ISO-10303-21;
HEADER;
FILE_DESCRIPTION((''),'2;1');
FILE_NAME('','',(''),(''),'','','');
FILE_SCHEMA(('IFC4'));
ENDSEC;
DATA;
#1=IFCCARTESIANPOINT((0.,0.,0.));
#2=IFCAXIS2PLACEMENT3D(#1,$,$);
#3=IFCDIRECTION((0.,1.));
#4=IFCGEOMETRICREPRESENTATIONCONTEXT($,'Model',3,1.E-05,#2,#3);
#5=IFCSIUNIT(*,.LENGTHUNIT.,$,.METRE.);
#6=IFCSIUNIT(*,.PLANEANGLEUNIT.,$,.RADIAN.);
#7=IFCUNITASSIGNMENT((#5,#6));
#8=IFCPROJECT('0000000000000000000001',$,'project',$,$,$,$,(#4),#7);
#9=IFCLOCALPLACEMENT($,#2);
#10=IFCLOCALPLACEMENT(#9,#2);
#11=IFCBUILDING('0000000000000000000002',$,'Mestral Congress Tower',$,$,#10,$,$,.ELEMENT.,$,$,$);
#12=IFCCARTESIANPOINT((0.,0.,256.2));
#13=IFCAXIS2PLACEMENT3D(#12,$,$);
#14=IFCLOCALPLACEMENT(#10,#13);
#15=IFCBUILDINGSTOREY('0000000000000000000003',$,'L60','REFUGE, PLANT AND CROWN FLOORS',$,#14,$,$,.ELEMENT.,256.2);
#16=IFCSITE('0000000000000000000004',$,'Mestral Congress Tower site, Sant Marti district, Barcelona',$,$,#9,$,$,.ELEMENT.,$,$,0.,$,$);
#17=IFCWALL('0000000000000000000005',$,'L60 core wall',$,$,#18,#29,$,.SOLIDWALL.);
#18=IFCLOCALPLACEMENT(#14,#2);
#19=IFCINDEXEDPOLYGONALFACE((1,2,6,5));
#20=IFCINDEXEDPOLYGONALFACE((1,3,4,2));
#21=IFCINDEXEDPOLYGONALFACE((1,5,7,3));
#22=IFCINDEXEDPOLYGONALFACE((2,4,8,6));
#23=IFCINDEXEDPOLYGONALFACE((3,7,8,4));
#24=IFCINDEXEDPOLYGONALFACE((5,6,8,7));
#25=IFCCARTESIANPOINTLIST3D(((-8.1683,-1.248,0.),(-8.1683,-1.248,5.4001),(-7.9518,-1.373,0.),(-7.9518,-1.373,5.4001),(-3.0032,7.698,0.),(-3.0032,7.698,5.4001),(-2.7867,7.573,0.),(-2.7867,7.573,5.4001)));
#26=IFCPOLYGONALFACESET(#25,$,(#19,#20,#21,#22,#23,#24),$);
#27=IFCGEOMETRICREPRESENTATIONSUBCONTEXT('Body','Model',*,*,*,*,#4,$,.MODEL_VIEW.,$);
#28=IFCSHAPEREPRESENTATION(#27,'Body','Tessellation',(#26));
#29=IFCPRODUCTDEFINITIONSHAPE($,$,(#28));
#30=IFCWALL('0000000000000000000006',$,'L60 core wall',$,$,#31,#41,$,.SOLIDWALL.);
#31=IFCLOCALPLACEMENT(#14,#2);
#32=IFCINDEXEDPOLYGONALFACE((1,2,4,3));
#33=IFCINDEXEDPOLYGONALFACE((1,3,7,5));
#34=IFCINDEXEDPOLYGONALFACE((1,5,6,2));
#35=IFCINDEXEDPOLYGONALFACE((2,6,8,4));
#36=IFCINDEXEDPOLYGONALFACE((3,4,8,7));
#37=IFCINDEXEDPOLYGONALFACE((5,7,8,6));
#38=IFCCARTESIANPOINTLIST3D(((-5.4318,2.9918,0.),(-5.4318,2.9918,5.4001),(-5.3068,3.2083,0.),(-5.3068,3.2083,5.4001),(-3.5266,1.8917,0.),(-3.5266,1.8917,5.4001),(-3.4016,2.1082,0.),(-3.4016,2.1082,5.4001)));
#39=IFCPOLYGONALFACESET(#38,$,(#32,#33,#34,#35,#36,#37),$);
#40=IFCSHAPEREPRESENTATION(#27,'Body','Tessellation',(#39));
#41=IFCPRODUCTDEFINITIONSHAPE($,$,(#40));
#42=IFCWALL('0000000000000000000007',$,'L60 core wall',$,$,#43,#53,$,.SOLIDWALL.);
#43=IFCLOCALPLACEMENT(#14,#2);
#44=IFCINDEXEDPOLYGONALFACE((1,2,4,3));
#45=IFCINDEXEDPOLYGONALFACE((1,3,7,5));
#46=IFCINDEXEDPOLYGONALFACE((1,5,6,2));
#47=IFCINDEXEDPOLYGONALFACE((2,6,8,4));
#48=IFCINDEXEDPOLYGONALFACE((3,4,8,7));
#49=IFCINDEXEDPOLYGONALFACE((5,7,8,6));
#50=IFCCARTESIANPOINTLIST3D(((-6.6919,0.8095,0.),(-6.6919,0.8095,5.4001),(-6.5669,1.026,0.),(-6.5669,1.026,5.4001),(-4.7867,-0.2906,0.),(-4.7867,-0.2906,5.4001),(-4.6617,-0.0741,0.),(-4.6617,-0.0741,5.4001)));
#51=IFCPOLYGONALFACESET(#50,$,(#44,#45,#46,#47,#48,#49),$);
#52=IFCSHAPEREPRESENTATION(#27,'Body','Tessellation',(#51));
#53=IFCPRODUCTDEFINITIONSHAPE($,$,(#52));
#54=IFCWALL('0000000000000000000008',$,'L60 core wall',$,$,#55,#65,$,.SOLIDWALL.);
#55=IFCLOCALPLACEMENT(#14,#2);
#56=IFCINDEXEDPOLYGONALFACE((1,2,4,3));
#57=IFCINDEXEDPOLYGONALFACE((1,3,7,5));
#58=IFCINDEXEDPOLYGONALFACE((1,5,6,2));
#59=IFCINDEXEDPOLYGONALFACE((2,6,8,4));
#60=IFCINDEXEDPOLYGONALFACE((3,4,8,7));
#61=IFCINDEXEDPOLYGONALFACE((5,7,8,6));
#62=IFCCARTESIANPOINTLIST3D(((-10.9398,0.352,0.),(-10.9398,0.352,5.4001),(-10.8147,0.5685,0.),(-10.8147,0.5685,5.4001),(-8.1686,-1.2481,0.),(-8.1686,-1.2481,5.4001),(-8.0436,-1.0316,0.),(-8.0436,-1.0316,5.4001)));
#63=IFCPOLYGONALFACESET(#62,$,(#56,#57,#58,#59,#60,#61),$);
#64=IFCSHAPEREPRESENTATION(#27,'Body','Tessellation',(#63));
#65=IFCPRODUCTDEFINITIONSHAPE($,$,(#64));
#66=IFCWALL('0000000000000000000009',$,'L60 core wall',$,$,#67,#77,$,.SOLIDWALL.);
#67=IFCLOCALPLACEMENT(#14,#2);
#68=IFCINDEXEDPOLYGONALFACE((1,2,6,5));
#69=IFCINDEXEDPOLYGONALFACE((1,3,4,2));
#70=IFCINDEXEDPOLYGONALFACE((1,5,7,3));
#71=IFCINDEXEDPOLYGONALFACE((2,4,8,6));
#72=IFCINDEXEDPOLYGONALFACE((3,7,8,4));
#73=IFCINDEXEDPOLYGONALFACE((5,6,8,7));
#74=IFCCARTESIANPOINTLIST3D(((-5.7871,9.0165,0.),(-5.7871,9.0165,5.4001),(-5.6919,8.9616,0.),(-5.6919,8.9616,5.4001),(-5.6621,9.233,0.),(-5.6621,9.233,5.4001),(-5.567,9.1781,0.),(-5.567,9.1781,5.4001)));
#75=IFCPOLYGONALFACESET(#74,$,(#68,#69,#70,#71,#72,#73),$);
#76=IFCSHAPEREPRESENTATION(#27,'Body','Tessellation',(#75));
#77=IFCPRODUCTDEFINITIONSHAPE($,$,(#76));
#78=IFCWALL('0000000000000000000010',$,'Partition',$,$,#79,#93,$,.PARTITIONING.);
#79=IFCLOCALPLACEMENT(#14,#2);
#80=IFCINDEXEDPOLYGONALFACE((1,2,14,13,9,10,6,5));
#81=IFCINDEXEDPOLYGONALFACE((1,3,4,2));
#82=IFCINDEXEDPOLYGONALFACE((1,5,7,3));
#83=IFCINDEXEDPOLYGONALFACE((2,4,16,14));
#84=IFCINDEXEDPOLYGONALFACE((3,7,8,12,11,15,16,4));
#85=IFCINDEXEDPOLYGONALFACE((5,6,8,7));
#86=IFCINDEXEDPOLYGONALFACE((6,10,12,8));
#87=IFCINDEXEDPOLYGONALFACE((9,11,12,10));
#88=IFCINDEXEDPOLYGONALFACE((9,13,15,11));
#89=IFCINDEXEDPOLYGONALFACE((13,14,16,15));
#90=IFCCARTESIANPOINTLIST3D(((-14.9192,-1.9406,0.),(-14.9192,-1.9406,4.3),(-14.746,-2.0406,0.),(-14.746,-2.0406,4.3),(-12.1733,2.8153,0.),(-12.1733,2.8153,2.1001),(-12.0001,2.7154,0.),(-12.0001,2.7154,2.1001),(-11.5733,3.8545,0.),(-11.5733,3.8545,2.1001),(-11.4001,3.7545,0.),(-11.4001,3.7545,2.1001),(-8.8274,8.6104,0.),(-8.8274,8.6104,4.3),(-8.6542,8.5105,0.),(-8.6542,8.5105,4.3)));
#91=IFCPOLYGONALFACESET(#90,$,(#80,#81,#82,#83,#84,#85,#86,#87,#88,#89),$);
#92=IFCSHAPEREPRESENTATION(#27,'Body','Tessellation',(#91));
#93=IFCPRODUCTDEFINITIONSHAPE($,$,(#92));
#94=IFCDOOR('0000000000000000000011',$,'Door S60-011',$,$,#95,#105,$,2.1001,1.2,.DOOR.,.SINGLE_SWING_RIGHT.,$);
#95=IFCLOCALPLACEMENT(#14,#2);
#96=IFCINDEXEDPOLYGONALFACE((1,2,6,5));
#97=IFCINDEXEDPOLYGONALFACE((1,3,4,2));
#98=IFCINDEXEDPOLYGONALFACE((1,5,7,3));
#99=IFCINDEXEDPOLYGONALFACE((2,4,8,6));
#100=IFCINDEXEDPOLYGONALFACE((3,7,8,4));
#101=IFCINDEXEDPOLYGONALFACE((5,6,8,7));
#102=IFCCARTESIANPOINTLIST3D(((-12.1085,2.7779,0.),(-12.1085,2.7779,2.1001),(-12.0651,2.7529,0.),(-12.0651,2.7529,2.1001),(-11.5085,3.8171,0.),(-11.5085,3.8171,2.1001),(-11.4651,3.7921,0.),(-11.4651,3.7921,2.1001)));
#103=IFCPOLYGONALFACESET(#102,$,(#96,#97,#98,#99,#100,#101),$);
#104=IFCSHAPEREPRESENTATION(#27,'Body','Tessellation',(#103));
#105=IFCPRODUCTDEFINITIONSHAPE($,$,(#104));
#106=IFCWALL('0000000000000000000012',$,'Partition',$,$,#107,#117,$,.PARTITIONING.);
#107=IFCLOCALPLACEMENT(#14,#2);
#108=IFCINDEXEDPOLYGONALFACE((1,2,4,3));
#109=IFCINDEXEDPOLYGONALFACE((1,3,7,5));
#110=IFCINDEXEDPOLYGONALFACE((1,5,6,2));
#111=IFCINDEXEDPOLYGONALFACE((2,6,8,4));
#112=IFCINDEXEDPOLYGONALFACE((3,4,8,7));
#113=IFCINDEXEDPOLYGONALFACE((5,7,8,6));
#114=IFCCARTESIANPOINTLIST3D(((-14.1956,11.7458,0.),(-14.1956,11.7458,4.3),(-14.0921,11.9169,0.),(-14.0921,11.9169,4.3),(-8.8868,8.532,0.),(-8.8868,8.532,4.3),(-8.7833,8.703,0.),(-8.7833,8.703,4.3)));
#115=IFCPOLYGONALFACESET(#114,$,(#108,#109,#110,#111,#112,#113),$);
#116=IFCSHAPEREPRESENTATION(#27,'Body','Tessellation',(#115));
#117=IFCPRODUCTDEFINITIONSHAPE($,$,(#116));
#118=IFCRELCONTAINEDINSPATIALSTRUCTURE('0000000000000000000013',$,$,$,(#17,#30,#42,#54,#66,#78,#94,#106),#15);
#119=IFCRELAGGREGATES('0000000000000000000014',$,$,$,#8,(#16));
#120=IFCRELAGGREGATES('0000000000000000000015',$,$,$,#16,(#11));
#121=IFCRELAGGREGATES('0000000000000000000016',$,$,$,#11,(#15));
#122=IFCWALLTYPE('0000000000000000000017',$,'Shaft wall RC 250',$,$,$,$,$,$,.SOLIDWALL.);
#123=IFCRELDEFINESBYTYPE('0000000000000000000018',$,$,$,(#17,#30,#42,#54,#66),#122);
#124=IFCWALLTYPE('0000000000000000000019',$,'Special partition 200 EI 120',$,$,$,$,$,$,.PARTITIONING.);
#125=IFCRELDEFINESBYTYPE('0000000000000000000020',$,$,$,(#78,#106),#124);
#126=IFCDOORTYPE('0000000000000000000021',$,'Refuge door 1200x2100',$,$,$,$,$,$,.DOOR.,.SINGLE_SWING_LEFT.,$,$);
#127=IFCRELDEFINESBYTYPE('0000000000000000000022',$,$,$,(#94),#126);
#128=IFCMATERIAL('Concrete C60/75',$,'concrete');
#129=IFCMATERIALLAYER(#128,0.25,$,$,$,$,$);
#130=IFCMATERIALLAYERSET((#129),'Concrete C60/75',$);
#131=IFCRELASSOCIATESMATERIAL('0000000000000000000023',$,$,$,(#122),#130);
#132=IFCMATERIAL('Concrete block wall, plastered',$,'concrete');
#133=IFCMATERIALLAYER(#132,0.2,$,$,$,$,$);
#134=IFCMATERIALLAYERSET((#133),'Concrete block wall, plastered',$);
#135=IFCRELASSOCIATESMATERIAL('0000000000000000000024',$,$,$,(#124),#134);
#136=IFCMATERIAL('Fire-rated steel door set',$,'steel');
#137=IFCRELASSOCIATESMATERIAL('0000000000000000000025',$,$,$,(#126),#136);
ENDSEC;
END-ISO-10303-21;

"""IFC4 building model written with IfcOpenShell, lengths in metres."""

from ifc_helpers import new_model, si_unit, direction, frame, frame_2d, origin, place, context, subcontext, project, spatial, rectangle, extrude, material, layer, layer_set, type_object, element, fill, save


model = new_model("IFC4")

# Units and contexts
model_context = context("Model", 3, precision=1e-05, world=origin(), true_north=direction((0.0, 1.0)))
body_context = subcontext(model_context, "Body", "Model", "MODEL_VIEW")
ifc_project = project(units=[si_unit("LENGTHUNIT", "METRE"), si_unit("PLANEANGLEUNIT", "RADIAN")], contexts=[model_context])

# Site, building, storey
site_placement = place(None, origin())
site = spatial("IfcSite", under=ifc_project, at=site_placement, Name="Mestral Congress Tower site, Sant Marti district, Barcelona", CompositionType="ELEMENT", RefElevation=0.0)
building_placement = place(site_placement, origin())
building = spatial("IfcBuilding", under=site, at=building_placement, Name="Mestral Congress Tower", CompositionType="ELEMENT")
storey_placement = place(building_placement, frame((0.0, 0.0, 256.2)))
storey = spatial("IfcBuildingStorey", under=building, at=storey_placement, Name="L60", Description="REFUGE, PLANT AND CROWN FLOORS", CompositionType="ELEMENT", Elevation=256.2)

# Shared definitions
ifc_material_1 = material(Name="Fire-rated steel door set", Category="steel")

# Walls
ifc_material_2 = material(Name="Concrete C60/75", Category="concrete")
ifc_layer_1 = layer(ifc_material_2, 0.25)
ifc_layer_set_1 = layer_set([ifc_layer_1], Name="Concrete C60/75")
wall_type_1 = type_object("IfcWallType", Name="Shaft wall RC 250", PredefinedType="SOLIDWALL", material=ifc_layer_set_1)
wall_1_placement = place(storey_placement, frame((-8.0601, -1.3105, 0.0), z_axis=(0.0, 0.0, 1.0), x_axis=(0.500003, 0.866024, 0.0)))
element("IfcWall", 1, at=wall_1_placement, inside=storey, type_object=wall_type_1, Name="L60 core wall", PredefinedType="SOLIDWALL", context=body_context, shape_type="SweptSolid", body=[
    extrude(rectangle(XDim=10.3301, YDim=0.25, at=frame_2d((5.165, 0.0))), origin(), (0.0, 0.0, 1.0), 5.4001),
])
for number, where, z_axis, x_axis, name in (
    (2, (-5.3694, 3.1001, 0.0), (0.0, 0.0, 1.0), (0.866008, -0.50003, 0.0), "L60 core wall"),
    (3, (-4.7241, -0.1824, 0.0), (0.0, 0.0, 1.0), (-0.866008, 0.50003, 0.0), "L60 core wall"),
):
    element("IfcWall", number, at=place(storey_placement, frame(where, z_axis=z_axis, x_axis=x_axis)), inside=storey, type_object=wall_type_1, Name=name, PredefinedType="SOLIDWALL", context=body_context, shape_type="SweptSolid", body=[
        extrude(rectangle(XDim=2.2, YDim=0.25, at=frame_2d((1.1001, 0.0))), origin(), (0.0, 0.0, 1.0), 5.4001),
    ])
wall_2_placement = place(storey_placement, frame((-8.106, -1.1399, 0.0), z_axis=(0.0, 0.0, 1.0), x_axis=(-0.866009, 0.500028, 0.0)))
element("IfcWall", 4, at=wall_2_placement, inside=storey, type_object=wall_type_1, Name="L60 core wall", PredefinedType="SOLIDWALL", context=body_context, shape_type="SweptSolid", body=[
    extrude(rectangle(XDim=3.2, YDim=0.25, at=frame_2d((1.6001, 0.0))), origin(), (0.0, 0.0, 1.0), 5.4001),
])
wall_3_placement = place(storey_placement, frame((-5.7246, 9.1248, 0.0), z_axis=(0.0, 0.0, 1.0), x_axis=(0.866186, -0.499722, 0.0)))
element("IfcWall", 5, at=wall_3_placement, inside=storey, type_object=wall_type_1, Name="L60 core wall", PredefinedType="SOLIDWALL", context=body_context, shape_type="SweptSolid", body=[
    extrude(rectangle(XDim=0.1099, YDim=0.25, at=frame_2d((0.0549, 0.0))), origin(), (0.0, 0.0, 1.0), 5.4001),
])

# Wall, opening, door
ifc_material_3 = material(Name="Concrete block wall, plastered", Category="concrete")
ifc_layer_2 = layer(ifc_material_3, 0.2)
ifc_layer_set_2 = layer_set([ifc_layer_2], Name="Concrete block wall, plastered")
wall_type_2 = type_object("IfcWallType", Name="Special partition 200 EI 120", PredefinedType="PARTITIONING", material=ifc_layer_set_2)
wall_4_placement = place(storey_placement, frame((-8.7407, 8.5605, 0.0), z_axis=(0.0, 0.0, 1.0), x_axis=(-0.50001, -0.86602, 0.0)))
wall_4 = element("IfcWall", 6, at=wall_4_placement, inside=storey, type_object=wall_type_2, Name="Partition", PredefinedType="PARTITIONING", context=body_context, shape_type="SweptSolid", body=[
    extrude(rectangle(XDim=12.1833, YDim=0.2, at=frame_2d((6.0918, 0.0))), origin(), (0.0, 0.0, 1.0), 4.3),
])
opening_1_placement = place(wall_4_placement, frame((5.4917, 0.0, 0.0)))
opening_1 = element("IfcOpeningElement", 7, at=opening_1_placement, cuts=wall_4, PredefinedType="OPENING", context=body_context, shape_type="SweptSolid", body=[
    extrude(rectangle(XDim=1.2, YDim=2.1001, at=frame_2d((0.6001, 1.05))), frame((0.0, 0.1099, 0.0), z_axis=(0.0, -1.0, 0.0), x_axis=(1.0, 0.0, 0.0)), (0.0, 0.0, 1.0), 0.22),
])
door_type_1 = type_object("IfcDoorType", Name="Refuge door 1200x2100", OperationType="SINGLE_SWING_LEFT", PredefinedType="DOOR", material=ifc_material_1)
door_1_placement = place(opening_1_placement, origin())
door_1 = element("IfcDoor", 8, at=door_1_placement, inside=storey, type_object=door_type_1, Name="Door S60-011", OperationType="SINGLE_SWING_RIGHT", OverallHeight=2.1001, OverallWidth=1.2, PredefinedType="DOOR", context=body_context, shape_type="SweptSolid", body=[
    extrude(rectangle(XDim=1.2, YDim=2.1001, at=frame_2d((0.6001, 1.05))), frame((0.0, 0.0249, 0.0), z_axis=(0.0, -1.0, 0.0), x_axis=(1.0, 0.0, 0.0)), (0.0, 0.0, 1.0), 0.05),
])
fill(opening_1, door_1)

# Wall
wall_5_placement = place(storey_placement, frame((-8.835, 8.6174, 0.0), z_axis=(0.0, 0.0, 1.0), x_axis=(-0.855456, 0.517876, 0.0)))
element("IfcWall", 9, at=wall_5_placement, inside=storey, type_object=wall_type_2, Name="Partition", PredefinedType="PARTITIONING", context=body_context, shape_type="SweptSolid", body=[
    extrude(rectangle(XDim=6.2058, YDim=0.2, at=frame_2d((3.103, 0.0))), origin(), (0.0, 0.0, 1.0), 4.3),
])

save(model, "model.ifc")
